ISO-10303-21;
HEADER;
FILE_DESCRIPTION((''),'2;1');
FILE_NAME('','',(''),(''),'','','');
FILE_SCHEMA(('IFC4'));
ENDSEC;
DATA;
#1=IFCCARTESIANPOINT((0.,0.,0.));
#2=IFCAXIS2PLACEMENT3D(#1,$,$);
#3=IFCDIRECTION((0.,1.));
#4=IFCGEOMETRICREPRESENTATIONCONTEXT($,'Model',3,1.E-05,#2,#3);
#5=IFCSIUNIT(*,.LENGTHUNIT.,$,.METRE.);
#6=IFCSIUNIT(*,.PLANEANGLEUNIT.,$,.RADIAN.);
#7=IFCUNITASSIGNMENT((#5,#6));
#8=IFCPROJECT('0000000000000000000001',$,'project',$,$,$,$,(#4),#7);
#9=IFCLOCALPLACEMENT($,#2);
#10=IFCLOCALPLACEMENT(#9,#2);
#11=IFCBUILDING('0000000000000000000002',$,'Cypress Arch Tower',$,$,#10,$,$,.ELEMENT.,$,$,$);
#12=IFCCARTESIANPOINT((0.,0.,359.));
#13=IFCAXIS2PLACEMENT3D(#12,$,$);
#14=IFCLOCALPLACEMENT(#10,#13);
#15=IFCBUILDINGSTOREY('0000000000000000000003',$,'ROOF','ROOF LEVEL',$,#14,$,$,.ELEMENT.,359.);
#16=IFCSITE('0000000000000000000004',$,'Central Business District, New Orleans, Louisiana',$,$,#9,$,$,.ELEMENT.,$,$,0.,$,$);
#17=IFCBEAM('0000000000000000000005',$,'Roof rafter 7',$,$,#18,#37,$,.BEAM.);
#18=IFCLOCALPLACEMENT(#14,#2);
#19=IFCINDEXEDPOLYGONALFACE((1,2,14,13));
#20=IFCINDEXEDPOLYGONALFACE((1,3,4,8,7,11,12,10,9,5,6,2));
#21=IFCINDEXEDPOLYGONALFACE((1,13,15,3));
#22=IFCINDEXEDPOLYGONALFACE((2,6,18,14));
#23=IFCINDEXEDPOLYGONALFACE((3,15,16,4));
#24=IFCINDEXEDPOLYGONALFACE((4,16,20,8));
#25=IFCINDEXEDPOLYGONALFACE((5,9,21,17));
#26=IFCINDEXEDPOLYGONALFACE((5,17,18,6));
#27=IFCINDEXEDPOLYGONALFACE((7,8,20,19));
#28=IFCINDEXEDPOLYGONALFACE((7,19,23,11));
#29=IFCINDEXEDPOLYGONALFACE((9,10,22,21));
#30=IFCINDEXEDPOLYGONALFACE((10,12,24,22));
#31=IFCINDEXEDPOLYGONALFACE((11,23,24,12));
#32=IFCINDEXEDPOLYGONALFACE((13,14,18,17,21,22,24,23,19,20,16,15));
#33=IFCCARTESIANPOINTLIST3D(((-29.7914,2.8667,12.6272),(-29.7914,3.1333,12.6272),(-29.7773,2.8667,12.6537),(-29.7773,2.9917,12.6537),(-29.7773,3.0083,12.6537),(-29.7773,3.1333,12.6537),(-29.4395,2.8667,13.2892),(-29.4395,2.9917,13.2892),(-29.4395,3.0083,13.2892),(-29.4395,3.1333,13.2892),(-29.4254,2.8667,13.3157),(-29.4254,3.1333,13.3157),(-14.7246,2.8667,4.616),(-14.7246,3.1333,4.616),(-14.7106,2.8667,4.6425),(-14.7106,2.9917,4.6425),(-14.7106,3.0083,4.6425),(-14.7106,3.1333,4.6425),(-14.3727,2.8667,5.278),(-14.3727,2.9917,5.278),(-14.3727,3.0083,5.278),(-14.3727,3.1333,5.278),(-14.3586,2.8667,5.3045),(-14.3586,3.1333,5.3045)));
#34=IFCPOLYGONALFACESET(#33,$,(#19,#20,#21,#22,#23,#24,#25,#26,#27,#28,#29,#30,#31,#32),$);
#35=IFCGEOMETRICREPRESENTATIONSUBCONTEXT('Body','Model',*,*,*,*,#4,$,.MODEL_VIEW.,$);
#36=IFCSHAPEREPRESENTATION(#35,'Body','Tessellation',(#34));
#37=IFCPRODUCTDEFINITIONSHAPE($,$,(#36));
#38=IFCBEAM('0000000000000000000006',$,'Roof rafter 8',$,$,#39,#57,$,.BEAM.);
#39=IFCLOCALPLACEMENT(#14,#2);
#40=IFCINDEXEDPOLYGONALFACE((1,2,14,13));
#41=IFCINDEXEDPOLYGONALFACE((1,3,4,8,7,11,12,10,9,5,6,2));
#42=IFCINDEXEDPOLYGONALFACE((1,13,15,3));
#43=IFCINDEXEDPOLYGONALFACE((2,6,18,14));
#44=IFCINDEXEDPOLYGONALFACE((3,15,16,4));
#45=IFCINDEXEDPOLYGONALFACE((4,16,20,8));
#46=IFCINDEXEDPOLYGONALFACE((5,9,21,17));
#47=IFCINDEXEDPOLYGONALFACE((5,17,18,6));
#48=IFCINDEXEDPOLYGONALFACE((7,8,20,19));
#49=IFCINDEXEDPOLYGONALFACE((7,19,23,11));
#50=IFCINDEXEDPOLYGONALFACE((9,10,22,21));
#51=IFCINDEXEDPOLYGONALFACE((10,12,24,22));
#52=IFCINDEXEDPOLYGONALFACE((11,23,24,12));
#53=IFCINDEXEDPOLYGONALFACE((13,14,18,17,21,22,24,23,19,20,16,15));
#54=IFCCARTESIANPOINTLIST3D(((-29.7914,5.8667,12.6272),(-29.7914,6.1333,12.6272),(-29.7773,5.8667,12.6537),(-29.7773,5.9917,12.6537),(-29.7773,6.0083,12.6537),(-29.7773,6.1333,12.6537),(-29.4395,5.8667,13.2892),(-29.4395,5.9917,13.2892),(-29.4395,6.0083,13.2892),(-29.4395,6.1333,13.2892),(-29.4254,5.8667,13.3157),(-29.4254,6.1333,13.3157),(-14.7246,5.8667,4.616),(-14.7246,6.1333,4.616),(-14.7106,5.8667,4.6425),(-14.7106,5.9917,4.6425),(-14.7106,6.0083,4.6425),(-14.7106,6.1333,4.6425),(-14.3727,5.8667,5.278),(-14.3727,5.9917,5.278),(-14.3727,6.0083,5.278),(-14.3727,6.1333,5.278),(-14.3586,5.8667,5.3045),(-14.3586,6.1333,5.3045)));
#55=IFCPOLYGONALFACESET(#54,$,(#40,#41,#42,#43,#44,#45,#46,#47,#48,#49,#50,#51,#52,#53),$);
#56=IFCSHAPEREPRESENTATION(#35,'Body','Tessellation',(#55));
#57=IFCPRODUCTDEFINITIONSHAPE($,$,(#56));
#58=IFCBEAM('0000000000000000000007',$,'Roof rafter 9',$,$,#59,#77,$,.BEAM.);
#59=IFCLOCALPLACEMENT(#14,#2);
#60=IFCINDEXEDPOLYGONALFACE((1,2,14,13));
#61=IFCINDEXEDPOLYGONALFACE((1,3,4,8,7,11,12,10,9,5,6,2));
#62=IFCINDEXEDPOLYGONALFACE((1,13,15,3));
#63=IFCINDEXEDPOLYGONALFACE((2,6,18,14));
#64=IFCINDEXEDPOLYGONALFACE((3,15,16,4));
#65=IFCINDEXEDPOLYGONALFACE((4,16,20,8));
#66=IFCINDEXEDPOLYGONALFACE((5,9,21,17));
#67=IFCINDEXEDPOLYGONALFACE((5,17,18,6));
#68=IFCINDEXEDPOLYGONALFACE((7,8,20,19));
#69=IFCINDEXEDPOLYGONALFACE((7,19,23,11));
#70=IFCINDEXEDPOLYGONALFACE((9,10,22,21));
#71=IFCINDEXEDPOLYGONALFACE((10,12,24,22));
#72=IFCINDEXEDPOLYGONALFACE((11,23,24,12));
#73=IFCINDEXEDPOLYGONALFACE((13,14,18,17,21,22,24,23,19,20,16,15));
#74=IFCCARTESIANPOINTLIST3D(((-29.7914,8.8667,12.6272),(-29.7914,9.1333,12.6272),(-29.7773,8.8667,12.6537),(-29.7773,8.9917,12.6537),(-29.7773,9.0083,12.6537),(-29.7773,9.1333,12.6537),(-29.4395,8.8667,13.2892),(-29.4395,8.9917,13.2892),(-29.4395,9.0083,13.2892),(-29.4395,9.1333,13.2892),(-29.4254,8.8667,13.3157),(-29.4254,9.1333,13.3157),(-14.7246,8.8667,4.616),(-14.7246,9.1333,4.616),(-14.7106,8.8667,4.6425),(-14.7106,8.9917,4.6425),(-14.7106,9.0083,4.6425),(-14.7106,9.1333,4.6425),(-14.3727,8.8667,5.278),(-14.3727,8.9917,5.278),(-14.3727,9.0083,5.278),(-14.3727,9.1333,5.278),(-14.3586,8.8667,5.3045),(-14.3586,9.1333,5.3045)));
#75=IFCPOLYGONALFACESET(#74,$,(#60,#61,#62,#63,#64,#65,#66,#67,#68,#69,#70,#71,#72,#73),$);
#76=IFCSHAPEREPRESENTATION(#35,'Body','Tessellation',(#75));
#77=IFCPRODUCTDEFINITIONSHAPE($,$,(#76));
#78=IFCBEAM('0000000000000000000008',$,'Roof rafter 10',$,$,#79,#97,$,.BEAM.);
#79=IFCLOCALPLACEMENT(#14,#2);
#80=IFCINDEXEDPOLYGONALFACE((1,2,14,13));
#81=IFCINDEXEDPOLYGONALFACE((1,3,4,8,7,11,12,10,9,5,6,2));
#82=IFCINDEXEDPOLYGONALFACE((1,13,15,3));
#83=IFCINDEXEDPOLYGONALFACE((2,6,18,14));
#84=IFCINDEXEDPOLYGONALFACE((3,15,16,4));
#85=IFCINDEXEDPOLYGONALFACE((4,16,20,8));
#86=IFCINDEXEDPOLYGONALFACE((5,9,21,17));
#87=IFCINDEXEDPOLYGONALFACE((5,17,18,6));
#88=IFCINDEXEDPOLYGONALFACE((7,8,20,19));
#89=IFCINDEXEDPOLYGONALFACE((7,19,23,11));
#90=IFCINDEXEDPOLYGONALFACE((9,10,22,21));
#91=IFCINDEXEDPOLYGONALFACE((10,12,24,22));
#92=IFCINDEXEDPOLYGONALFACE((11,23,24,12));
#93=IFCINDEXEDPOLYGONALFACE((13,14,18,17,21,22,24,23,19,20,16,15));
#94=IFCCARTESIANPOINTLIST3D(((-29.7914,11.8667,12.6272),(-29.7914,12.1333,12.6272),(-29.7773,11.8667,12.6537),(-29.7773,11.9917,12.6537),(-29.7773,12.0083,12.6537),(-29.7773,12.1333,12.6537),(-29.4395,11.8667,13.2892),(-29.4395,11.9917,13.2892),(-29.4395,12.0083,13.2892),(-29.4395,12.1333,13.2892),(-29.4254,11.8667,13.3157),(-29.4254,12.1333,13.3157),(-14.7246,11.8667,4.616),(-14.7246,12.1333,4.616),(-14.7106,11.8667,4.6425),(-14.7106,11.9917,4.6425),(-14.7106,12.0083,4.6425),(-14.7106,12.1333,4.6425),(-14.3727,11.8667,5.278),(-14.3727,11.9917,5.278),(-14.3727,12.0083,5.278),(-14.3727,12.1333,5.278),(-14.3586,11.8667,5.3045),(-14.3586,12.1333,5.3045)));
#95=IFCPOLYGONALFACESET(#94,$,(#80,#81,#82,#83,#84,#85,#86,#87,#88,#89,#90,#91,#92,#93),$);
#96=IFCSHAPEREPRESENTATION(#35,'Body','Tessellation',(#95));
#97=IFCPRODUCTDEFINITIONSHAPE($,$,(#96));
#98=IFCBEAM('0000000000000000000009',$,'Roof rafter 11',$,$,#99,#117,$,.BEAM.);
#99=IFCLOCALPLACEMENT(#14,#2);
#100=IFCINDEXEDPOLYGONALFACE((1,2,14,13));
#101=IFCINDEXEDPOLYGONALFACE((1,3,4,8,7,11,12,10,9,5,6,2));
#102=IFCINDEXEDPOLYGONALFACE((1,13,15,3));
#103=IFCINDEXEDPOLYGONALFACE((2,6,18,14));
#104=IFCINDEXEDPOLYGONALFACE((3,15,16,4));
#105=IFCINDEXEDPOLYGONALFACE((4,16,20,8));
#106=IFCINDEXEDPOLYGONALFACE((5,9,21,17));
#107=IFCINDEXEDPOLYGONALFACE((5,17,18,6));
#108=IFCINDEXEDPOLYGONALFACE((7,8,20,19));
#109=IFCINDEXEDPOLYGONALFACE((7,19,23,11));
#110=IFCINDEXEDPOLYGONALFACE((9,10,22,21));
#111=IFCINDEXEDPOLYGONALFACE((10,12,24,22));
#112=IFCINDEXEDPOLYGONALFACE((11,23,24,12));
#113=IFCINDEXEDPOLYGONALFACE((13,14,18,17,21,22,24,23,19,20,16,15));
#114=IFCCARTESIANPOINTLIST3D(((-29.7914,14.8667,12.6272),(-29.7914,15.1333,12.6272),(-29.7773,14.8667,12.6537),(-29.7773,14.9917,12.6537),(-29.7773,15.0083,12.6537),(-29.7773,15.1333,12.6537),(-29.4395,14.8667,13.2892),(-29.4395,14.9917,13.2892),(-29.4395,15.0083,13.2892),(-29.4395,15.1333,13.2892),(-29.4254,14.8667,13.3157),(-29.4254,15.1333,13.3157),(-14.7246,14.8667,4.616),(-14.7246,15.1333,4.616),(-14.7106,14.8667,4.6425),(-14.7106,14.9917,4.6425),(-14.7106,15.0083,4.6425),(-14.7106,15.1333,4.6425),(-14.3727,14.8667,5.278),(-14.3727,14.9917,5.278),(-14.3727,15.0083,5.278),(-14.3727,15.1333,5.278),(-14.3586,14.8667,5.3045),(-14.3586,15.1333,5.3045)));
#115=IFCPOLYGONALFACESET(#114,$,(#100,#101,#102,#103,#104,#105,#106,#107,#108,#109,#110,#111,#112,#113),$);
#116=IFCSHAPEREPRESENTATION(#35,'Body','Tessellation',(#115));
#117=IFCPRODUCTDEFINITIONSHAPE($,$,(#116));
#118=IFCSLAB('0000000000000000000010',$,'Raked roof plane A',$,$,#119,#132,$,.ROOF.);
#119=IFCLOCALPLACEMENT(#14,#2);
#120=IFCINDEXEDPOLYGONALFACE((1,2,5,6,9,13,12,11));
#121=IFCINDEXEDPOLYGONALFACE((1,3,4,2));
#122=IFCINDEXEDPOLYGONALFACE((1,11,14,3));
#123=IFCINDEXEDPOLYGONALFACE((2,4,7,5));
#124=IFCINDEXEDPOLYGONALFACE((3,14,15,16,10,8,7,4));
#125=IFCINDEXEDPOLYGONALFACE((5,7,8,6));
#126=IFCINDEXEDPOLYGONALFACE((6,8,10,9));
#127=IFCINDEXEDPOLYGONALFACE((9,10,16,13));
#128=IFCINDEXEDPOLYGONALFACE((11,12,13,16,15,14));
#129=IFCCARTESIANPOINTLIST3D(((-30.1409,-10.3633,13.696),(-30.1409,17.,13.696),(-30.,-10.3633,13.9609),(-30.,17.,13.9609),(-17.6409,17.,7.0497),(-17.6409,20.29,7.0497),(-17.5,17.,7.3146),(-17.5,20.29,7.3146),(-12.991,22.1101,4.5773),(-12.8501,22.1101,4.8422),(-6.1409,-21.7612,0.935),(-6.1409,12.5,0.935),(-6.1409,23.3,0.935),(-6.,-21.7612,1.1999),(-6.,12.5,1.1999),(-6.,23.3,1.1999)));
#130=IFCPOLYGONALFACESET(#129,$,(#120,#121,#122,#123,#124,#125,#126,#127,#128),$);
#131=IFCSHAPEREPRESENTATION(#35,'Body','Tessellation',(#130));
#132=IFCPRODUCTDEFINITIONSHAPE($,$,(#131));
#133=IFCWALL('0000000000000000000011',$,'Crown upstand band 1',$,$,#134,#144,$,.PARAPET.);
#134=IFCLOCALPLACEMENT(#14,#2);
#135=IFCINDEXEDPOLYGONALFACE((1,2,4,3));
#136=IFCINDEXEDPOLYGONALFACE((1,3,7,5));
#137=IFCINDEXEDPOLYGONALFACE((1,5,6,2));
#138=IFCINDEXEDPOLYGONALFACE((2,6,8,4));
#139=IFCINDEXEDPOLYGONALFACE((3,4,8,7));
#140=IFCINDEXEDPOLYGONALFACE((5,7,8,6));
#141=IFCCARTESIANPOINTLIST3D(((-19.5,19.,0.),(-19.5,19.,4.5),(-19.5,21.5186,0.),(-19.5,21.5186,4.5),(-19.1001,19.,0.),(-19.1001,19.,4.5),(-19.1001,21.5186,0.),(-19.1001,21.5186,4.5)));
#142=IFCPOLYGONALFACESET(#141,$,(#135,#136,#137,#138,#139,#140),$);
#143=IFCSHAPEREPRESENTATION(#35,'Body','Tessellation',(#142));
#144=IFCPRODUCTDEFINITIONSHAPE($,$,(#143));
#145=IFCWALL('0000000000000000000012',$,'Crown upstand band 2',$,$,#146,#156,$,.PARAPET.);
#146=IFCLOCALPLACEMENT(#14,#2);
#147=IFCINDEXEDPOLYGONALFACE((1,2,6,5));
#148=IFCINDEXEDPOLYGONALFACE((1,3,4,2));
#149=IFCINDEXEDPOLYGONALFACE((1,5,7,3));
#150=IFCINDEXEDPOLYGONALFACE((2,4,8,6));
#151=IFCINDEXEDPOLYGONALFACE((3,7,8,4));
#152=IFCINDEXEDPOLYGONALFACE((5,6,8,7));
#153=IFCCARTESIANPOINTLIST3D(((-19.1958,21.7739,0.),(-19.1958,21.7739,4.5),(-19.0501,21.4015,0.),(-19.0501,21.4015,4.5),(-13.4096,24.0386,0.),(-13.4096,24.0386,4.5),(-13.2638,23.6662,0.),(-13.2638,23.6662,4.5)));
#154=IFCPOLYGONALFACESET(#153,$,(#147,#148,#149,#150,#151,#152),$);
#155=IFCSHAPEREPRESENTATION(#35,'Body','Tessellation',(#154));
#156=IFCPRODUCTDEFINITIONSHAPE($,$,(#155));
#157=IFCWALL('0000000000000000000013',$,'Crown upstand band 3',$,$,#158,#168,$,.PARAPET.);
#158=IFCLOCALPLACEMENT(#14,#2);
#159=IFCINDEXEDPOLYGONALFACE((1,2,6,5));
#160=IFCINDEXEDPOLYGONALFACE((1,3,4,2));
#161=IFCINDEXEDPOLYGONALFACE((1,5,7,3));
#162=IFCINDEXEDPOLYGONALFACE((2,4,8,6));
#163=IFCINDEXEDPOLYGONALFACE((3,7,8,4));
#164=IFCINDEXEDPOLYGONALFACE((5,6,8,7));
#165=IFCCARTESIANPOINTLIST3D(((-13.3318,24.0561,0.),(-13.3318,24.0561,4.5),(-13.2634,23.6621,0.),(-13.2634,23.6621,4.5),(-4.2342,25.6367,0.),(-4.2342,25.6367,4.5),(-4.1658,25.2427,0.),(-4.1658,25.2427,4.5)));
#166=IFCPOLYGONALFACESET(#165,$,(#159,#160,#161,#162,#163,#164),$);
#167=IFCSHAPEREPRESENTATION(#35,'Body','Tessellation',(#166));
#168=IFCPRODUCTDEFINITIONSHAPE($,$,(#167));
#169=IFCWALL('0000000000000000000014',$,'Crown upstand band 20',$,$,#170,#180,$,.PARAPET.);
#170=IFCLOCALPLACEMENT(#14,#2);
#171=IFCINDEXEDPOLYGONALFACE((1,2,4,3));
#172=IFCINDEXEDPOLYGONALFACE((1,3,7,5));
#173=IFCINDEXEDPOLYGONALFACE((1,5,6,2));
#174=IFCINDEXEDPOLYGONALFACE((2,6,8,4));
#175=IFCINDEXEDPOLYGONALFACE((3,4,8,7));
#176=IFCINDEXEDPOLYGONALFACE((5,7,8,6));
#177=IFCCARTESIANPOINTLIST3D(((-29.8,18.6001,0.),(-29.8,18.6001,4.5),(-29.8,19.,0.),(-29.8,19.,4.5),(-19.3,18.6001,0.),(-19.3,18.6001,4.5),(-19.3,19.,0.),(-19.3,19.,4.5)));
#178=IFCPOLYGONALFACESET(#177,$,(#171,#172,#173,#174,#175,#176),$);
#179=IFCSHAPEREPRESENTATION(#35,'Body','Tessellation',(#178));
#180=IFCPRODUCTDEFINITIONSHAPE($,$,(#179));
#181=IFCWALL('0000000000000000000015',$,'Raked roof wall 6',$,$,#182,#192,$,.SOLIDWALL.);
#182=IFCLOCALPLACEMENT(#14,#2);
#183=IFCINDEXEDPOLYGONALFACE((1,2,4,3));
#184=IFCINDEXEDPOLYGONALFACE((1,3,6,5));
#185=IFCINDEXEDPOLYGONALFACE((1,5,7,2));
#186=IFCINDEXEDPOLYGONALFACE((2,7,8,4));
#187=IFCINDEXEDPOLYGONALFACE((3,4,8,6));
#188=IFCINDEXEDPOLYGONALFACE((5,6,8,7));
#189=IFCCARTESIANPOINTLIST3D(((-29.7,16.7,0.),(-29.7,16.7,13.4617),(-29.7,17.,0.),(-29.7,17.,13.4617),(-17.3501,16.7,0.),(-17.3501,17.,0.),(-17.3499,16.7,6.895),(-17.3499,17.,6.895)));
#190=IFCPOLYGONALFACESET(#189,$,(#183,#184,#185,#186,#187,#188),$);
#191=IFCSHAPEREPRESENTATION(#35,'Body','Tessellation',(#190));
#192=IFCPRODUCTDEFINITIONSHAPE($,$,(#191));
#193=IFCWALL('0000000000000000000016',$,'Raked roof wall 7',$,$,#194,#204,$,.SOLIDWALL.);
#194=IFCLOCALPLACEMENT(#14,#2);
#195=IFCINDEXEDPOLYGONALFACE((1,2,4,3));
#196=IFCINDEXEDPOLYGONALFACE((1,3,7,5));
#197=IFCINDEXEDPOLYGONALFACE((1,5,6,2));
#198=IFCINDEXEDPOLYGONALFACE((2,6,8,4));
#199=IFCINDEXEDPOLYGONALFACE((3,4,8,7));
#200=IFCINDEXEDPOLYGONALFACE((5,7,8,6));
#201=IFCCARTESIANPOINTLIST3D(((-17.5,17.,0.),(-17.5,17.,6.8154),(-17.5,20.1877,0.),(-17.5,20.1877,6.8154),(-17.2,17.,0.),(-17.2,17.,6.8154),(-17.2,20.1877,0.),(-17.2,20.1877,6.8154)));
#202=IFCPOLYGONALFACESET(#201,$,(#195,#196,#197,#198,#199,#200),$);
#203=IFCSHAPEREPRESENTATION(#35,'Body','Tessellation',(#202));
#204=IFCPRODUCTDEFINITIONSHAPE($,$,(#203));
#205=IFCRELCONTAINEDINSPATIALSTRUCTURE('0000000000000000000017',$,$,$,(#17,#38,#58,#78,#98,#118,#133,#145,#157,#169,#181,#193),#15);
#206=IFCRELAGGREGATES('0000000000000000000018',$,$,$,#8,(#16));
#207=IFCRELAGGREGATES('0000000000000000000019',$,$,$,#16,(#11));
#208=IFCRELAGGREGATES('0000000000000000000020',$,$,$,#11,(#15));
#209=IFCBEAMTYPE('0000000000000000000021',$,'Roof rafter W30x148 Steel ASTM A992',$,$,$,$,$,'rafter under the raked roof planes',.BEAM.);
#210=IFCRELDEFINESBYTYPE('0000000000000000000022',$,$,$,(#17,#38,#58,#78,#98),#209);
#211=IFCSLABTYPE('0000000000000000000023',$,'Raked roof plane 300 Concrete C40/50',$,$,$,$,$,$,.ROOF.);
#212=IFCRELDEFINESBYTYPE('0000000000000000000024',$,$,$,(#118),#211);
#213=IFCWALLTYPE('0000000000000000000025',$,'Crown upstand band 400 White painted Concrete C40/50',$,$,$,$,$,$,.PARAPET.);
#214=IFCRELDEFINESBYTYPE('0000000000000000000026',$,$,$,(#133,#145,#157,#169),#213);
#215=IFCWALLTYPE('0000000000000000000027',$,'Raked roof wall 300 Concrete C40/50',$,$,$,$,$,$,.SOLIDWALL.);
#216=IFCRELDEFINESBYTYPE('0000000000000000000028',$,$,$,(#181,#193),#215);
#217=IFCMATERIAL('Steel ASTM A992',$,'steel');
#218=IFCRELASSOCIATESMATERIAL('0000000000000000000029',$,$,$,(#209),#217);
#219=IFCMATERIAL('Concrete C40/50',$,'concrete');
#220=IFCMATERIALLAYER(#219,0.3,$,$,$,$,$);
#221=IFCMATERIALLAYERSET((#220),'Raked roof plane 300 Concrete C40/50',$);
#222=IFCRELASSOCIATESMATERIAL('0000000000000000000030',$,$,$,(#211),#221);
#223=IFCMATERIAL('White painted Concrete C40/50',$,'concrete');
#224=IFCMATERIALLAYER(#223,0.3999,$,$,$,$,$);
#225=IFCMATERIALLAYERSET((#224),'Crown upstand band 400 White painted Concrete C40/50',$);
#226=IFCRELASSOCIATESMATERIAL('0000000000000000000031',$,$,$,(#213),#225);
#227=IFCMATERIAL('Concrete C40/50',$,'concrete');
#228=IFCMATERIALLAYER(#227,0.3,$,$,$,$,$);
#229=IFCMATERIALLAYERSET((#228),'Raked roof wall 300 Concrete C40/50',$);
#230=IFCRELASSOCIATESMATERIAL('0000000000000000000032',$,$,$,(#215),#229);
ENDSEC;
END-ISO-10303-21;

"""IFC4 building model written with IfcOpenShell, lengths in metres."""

from ifc_helpers import new_model, si_unit, direction, frame, frame_2d, origin, origin_2d, place, context, subcontext, project, spatial, polyline, rectangle, i_section, outline, extrude, material, layer, layer_set, material_profile, profile_set, type_object, element, save


model = new_model("IFC4")

# Units and contexts
model_context = context("Model", 3, precision=1e-05, world=origin(), true_north=direction((0.0, 1.0)))
body_context = subcontext(model_context, "Body", "Model", "MODEL_VIEW")
ifc_project = project(units=[si_unit("LENGTHUNIT", "METRE"), si_unit("PLANEANGLEUNIT", "RADIAN")], contexts=[model_context])

# Site, building, storey
site_placement = place(None, origin())
site = spatial("IfcSite", under=ifc_project, at=site_placement, Name="Central Business District, New Orleans, Louisiana", CompositionType="ELEMENT", RefElevation=0.0)
building_placement = place(site_placement, origin())
building = spatial("IfcBuilding", under=site, at=building_placement, Name="Cypress Arch Tower", CompositionType="ELEMENT")
storey_placement = place(building_placement, frame((0.0, 0.0, 359.0)))
storey = spatial("IfcBuildingStorey", under=building, at=storey_placement, Name="ROOF", Description="ROOF LEVEL", CompositionType="ELEMENT", Elevation=359.0)

# Beams
ifc_material_1 = material(Name="Steel ASTM A992", Category="steel")
ifc_material_profile_1 = material_profile(ifc_material_1, i_section(OverallWidth=0.2666, OverallDepth=0.7798, WebThickness=0.0166, FlangeThickness=0.03, at=origin_2d()), Name="W30x148")
ifc_profile_set_1 = profile_set([ifc_material_profile_1], Name="Steel ASTM A992")
beam_type_1 = type_object("IfcBeamType", Name="Roof rafter W30x148 Steel ASTM A992", ElementType="rafter under the raked roof planes", PredefinedType="BEAM", material=ifc_profile_set_1)
for number, where, z_axis, x_axis, name in (
    (1, (-29.6084, 3.0, 12.9714), (0.882947, 0.0, -0.469473), (0.0, 1.0, 0.0), "Roof rafter 7"),
    (2, (-29.6084, 6.0, 12.9714), (0.882947, 0.0, -0.469473), (0.0, 1.0, 0.0), "Roof rafter 8"),
    (3, (-29.6084, 9.0, 12.9714), (0.882947, 0.0, -0.469473), (0.0, 1.0, 0.0), "Roof rafter 9"),
    (4, (-29.6084, 12.0, 12.9714), (0.882947, 0.0, -0.469473), (0.0, 1.0, 0.0), "Roof rafter 10"),
    (5, (-29.6084, 15.0, 12.9714), (0.882947, 0.0, -0.469473), (0.0, 1.0, 0.0), "Roof rafter 11"),
):
    element("IfcBeam", number, at=place(storey_placement, frame(where, z_axis=z_axis, x_axis=x_axis)), inside=storey, type_object=beam_type_1, Name=name, PredefinedType="BEAM", context=body_context, shape_type="SweptSolid", body=[
        extrude(i_section(OverallWidth=0.2666, OverallDepth=0.7798, WebThickness=0.0166, FlangeThickness=0.03, at=origin_2d()), origin(), (0.0, 0.0, 1.0), 17.0642),
    ])

# Slab
ifc_material_2 = material(Name="Concrete C40/50", Category="concrete")
ifc_layer_1 = layer(ifc_material_2, 0.3)
ifc_layer_set_1 = layer_set([ifc_layer_1], Name="Raked roof plane 300 Concrete C40/50")
slab_type = type_object("IfcSlabType", Name="Raked roof plane 300 Concrete C40/50", PredefinedType="ROOF", material=ifc_layer_set_1)
slab_placement = place(storey_placement, frame((-30.0, 17.0, 13.9609), z_axis=(0.469471, -0.000001, 0.882948), x_axis=(0.882948, 0.0, -0.469471)))
element("IfcSlab", 6, at=slab_placement, inside=storey, type_object=slab_type, Name="Raked roof plane A", PredefinedType="ROOF", context=body_context, shape_type="SweptSolid", body=[
    extrude(outline(polyline([(0.0, 0.0), (14.1571, 0.0), (14.1571, 3.29), (19.4234, 5.1101), (27.1817, 6.3), (27.1817, -4.5), (27.1817, -38.7612), (0.0, -27.3633), (0.0, 0.0)])), origin(), (0.0, 0.0, -1.0), 0.3),
])

# Walls
ifc_material_3 = material(Name="White painted Concrete C40/50", Category="concrete")
ifc_layer_2 = layer(ifc_material_3, 0.3999)
ifc_layer_set_2 = layer_set([ifc_layer_2], Name="Crown upstand band 400 White painted Concrete C40/50")
wall_type_1 = type_object("IfcWallType", Name="Crown upstand band 400 White painted Concrete C40/50", PredefinedType="PARAPET", material=ifc_layer_set_2)
wall_1_placement = place(storey_placement, frame((-19.3, 19.0, 0.0), z_axis=(0.0, 0.0, 1.0), x_axis=(0.0, 1.0, 0.0)))
element("IfcWall", 7, at=wall_1_placement, inside=storey, type_object=wall_type_1, Name="Crown upstand band 1", PredefinedType="PARAPET", context=body_context, shape_type="SweptSolid", body=[
    extrude(rectangle(XDim=2.5186, YDim=0.3999, at=frame_2d((1.2593, 0.0))), origin(), (0.0, 0.0, 1.0), 4.5),
])
wall_2_placement = place(storey_placement, frame((-19.123, 21.5876, 0.0), z_axis=(0.0, 0.0, 1.0), x_axis=(0.931215, 0.36447, 0.0)))
element("IfcWall", 8, at=wall_2_placement, inside=storey, type_object=wall_type_1, Name="Crown upstand band 2", PredefinedType="PARAPET", context=body_context, shape_type="SweptSolid", body=[
    extrude(rectangle(XDim=6.2136, YDim=0.3999, at=frame_2d((3.1069, 0.0))), origin(), (0.0, 0.0, 1.0), 4.5),
])
wall_3_placement = place(storey_placement, frame((-13.2976, 23.8591, 0.0), z_axis=(0.0, 0.0, 1.0), x_axis=(0.985242, 0.171169, 0.0)))
element("IfcWall", 9, at=wall_3_placement, inside=storey, type_object=wall_type_1, Name="Crown upstand band 3", PredefinedType="PARAPET", context=body_context, shape_type="SweptSolid", body=[
    extrude(rectangle(XDim=9.2339, YDim=0.3999, at=frame_2d((4.6169, 0.0))), origin(), (0.0, 0.0, 1.0), 4.5),
])
wall_4_placement = place(storey_placement, frame((-29.8, 18.8, 0.0), z_axis=(0.0, 0.0, 1.0), x_axis=(1.0, 0.0, 0.0)))
element("IfcWall", 10, at=wall_4_placement, inside=storey, type_object=wall_type_1, Name="Crown upstand band 20", PredefinedType="PARAPET", context=body_context, shape_type="SweptSolid", body=[
    extrude(rectangle(XDim=10.5, YDim=0.3999, at=frame_2d((5.25, 0.0))), origin(), (0.0, 0.0, 1.0), 4.5),
])
ifc_material_4 = material(Name="Concrete C40/50", Category="concrete")
ifc_layer_3 = layer(ifc_material_4, 0.3)
ifc_layer_set_3 = layer_set([ifc_layer_3], Name="Raked roof wall 300 Concrete C40/50")
wall_type_2 = type_object("IfcWallType", Name="Raked roof wall 300 Concrete C40/50", PredefinedType="SOLIDWALL", material=ifc_layer_set_3)
wall_5_placement = place(storey_placement, frame((-29.7, 16.8501, 0.0), z_axis=(0.0, 0.0, 1.0), x_axis=(1.0, 0.0, 0.0)))
element("IfcWall", 11, at=wall_5_placement, inside=storey, type_object=wall_type_2, Name="Raked roof wall 6", PredefinedType="SOLIDWALL", context=body_context, shape_type="SweptSolid", body=[
    extrude(outline(polyline([(0.0, 0.0), (12.3499, 0.0), (12.3501, 6.895), (0.0, 13.4617), (0.0, 0.0)])), frame((0.0, 0.1499, 0.0), z_axis=(0.0, -1.0, 0.0), x_axis=(1.0, 0.0, 0.0)), (0.0, 0.0, 1.0), 0.3),
])
wall_6_placement = place(storey_placement, frame((-17.3501, 17.0, 0.0), z_axis=(0.0, 0.0, 1.0), x_axis=(0.0, 1.0, 0.0)))
element("IfcWall", 12, at=wall_6_placement, inside=storey, type_object=wall_type_2, Name="Raked roof wall 7", PredefinedType="SOLIDWALL", context=body_context, shape_type="SweptSolid", body=[
    extrude(outline(polyline([(0.0, 0.0), (3.1877, 0.0), (3.1877, 6.8154), (0.0, 6.8154), (0.0, 0.0)])), frame((0.0, 0.1499, 0.0), z_axis=(0.0, -1.0, 0.0), x_axis=(1.0, 0.0, 0.0)), (0.0, 0.0, 1.0), 0.3),
])

save(model, "model.ifc")
